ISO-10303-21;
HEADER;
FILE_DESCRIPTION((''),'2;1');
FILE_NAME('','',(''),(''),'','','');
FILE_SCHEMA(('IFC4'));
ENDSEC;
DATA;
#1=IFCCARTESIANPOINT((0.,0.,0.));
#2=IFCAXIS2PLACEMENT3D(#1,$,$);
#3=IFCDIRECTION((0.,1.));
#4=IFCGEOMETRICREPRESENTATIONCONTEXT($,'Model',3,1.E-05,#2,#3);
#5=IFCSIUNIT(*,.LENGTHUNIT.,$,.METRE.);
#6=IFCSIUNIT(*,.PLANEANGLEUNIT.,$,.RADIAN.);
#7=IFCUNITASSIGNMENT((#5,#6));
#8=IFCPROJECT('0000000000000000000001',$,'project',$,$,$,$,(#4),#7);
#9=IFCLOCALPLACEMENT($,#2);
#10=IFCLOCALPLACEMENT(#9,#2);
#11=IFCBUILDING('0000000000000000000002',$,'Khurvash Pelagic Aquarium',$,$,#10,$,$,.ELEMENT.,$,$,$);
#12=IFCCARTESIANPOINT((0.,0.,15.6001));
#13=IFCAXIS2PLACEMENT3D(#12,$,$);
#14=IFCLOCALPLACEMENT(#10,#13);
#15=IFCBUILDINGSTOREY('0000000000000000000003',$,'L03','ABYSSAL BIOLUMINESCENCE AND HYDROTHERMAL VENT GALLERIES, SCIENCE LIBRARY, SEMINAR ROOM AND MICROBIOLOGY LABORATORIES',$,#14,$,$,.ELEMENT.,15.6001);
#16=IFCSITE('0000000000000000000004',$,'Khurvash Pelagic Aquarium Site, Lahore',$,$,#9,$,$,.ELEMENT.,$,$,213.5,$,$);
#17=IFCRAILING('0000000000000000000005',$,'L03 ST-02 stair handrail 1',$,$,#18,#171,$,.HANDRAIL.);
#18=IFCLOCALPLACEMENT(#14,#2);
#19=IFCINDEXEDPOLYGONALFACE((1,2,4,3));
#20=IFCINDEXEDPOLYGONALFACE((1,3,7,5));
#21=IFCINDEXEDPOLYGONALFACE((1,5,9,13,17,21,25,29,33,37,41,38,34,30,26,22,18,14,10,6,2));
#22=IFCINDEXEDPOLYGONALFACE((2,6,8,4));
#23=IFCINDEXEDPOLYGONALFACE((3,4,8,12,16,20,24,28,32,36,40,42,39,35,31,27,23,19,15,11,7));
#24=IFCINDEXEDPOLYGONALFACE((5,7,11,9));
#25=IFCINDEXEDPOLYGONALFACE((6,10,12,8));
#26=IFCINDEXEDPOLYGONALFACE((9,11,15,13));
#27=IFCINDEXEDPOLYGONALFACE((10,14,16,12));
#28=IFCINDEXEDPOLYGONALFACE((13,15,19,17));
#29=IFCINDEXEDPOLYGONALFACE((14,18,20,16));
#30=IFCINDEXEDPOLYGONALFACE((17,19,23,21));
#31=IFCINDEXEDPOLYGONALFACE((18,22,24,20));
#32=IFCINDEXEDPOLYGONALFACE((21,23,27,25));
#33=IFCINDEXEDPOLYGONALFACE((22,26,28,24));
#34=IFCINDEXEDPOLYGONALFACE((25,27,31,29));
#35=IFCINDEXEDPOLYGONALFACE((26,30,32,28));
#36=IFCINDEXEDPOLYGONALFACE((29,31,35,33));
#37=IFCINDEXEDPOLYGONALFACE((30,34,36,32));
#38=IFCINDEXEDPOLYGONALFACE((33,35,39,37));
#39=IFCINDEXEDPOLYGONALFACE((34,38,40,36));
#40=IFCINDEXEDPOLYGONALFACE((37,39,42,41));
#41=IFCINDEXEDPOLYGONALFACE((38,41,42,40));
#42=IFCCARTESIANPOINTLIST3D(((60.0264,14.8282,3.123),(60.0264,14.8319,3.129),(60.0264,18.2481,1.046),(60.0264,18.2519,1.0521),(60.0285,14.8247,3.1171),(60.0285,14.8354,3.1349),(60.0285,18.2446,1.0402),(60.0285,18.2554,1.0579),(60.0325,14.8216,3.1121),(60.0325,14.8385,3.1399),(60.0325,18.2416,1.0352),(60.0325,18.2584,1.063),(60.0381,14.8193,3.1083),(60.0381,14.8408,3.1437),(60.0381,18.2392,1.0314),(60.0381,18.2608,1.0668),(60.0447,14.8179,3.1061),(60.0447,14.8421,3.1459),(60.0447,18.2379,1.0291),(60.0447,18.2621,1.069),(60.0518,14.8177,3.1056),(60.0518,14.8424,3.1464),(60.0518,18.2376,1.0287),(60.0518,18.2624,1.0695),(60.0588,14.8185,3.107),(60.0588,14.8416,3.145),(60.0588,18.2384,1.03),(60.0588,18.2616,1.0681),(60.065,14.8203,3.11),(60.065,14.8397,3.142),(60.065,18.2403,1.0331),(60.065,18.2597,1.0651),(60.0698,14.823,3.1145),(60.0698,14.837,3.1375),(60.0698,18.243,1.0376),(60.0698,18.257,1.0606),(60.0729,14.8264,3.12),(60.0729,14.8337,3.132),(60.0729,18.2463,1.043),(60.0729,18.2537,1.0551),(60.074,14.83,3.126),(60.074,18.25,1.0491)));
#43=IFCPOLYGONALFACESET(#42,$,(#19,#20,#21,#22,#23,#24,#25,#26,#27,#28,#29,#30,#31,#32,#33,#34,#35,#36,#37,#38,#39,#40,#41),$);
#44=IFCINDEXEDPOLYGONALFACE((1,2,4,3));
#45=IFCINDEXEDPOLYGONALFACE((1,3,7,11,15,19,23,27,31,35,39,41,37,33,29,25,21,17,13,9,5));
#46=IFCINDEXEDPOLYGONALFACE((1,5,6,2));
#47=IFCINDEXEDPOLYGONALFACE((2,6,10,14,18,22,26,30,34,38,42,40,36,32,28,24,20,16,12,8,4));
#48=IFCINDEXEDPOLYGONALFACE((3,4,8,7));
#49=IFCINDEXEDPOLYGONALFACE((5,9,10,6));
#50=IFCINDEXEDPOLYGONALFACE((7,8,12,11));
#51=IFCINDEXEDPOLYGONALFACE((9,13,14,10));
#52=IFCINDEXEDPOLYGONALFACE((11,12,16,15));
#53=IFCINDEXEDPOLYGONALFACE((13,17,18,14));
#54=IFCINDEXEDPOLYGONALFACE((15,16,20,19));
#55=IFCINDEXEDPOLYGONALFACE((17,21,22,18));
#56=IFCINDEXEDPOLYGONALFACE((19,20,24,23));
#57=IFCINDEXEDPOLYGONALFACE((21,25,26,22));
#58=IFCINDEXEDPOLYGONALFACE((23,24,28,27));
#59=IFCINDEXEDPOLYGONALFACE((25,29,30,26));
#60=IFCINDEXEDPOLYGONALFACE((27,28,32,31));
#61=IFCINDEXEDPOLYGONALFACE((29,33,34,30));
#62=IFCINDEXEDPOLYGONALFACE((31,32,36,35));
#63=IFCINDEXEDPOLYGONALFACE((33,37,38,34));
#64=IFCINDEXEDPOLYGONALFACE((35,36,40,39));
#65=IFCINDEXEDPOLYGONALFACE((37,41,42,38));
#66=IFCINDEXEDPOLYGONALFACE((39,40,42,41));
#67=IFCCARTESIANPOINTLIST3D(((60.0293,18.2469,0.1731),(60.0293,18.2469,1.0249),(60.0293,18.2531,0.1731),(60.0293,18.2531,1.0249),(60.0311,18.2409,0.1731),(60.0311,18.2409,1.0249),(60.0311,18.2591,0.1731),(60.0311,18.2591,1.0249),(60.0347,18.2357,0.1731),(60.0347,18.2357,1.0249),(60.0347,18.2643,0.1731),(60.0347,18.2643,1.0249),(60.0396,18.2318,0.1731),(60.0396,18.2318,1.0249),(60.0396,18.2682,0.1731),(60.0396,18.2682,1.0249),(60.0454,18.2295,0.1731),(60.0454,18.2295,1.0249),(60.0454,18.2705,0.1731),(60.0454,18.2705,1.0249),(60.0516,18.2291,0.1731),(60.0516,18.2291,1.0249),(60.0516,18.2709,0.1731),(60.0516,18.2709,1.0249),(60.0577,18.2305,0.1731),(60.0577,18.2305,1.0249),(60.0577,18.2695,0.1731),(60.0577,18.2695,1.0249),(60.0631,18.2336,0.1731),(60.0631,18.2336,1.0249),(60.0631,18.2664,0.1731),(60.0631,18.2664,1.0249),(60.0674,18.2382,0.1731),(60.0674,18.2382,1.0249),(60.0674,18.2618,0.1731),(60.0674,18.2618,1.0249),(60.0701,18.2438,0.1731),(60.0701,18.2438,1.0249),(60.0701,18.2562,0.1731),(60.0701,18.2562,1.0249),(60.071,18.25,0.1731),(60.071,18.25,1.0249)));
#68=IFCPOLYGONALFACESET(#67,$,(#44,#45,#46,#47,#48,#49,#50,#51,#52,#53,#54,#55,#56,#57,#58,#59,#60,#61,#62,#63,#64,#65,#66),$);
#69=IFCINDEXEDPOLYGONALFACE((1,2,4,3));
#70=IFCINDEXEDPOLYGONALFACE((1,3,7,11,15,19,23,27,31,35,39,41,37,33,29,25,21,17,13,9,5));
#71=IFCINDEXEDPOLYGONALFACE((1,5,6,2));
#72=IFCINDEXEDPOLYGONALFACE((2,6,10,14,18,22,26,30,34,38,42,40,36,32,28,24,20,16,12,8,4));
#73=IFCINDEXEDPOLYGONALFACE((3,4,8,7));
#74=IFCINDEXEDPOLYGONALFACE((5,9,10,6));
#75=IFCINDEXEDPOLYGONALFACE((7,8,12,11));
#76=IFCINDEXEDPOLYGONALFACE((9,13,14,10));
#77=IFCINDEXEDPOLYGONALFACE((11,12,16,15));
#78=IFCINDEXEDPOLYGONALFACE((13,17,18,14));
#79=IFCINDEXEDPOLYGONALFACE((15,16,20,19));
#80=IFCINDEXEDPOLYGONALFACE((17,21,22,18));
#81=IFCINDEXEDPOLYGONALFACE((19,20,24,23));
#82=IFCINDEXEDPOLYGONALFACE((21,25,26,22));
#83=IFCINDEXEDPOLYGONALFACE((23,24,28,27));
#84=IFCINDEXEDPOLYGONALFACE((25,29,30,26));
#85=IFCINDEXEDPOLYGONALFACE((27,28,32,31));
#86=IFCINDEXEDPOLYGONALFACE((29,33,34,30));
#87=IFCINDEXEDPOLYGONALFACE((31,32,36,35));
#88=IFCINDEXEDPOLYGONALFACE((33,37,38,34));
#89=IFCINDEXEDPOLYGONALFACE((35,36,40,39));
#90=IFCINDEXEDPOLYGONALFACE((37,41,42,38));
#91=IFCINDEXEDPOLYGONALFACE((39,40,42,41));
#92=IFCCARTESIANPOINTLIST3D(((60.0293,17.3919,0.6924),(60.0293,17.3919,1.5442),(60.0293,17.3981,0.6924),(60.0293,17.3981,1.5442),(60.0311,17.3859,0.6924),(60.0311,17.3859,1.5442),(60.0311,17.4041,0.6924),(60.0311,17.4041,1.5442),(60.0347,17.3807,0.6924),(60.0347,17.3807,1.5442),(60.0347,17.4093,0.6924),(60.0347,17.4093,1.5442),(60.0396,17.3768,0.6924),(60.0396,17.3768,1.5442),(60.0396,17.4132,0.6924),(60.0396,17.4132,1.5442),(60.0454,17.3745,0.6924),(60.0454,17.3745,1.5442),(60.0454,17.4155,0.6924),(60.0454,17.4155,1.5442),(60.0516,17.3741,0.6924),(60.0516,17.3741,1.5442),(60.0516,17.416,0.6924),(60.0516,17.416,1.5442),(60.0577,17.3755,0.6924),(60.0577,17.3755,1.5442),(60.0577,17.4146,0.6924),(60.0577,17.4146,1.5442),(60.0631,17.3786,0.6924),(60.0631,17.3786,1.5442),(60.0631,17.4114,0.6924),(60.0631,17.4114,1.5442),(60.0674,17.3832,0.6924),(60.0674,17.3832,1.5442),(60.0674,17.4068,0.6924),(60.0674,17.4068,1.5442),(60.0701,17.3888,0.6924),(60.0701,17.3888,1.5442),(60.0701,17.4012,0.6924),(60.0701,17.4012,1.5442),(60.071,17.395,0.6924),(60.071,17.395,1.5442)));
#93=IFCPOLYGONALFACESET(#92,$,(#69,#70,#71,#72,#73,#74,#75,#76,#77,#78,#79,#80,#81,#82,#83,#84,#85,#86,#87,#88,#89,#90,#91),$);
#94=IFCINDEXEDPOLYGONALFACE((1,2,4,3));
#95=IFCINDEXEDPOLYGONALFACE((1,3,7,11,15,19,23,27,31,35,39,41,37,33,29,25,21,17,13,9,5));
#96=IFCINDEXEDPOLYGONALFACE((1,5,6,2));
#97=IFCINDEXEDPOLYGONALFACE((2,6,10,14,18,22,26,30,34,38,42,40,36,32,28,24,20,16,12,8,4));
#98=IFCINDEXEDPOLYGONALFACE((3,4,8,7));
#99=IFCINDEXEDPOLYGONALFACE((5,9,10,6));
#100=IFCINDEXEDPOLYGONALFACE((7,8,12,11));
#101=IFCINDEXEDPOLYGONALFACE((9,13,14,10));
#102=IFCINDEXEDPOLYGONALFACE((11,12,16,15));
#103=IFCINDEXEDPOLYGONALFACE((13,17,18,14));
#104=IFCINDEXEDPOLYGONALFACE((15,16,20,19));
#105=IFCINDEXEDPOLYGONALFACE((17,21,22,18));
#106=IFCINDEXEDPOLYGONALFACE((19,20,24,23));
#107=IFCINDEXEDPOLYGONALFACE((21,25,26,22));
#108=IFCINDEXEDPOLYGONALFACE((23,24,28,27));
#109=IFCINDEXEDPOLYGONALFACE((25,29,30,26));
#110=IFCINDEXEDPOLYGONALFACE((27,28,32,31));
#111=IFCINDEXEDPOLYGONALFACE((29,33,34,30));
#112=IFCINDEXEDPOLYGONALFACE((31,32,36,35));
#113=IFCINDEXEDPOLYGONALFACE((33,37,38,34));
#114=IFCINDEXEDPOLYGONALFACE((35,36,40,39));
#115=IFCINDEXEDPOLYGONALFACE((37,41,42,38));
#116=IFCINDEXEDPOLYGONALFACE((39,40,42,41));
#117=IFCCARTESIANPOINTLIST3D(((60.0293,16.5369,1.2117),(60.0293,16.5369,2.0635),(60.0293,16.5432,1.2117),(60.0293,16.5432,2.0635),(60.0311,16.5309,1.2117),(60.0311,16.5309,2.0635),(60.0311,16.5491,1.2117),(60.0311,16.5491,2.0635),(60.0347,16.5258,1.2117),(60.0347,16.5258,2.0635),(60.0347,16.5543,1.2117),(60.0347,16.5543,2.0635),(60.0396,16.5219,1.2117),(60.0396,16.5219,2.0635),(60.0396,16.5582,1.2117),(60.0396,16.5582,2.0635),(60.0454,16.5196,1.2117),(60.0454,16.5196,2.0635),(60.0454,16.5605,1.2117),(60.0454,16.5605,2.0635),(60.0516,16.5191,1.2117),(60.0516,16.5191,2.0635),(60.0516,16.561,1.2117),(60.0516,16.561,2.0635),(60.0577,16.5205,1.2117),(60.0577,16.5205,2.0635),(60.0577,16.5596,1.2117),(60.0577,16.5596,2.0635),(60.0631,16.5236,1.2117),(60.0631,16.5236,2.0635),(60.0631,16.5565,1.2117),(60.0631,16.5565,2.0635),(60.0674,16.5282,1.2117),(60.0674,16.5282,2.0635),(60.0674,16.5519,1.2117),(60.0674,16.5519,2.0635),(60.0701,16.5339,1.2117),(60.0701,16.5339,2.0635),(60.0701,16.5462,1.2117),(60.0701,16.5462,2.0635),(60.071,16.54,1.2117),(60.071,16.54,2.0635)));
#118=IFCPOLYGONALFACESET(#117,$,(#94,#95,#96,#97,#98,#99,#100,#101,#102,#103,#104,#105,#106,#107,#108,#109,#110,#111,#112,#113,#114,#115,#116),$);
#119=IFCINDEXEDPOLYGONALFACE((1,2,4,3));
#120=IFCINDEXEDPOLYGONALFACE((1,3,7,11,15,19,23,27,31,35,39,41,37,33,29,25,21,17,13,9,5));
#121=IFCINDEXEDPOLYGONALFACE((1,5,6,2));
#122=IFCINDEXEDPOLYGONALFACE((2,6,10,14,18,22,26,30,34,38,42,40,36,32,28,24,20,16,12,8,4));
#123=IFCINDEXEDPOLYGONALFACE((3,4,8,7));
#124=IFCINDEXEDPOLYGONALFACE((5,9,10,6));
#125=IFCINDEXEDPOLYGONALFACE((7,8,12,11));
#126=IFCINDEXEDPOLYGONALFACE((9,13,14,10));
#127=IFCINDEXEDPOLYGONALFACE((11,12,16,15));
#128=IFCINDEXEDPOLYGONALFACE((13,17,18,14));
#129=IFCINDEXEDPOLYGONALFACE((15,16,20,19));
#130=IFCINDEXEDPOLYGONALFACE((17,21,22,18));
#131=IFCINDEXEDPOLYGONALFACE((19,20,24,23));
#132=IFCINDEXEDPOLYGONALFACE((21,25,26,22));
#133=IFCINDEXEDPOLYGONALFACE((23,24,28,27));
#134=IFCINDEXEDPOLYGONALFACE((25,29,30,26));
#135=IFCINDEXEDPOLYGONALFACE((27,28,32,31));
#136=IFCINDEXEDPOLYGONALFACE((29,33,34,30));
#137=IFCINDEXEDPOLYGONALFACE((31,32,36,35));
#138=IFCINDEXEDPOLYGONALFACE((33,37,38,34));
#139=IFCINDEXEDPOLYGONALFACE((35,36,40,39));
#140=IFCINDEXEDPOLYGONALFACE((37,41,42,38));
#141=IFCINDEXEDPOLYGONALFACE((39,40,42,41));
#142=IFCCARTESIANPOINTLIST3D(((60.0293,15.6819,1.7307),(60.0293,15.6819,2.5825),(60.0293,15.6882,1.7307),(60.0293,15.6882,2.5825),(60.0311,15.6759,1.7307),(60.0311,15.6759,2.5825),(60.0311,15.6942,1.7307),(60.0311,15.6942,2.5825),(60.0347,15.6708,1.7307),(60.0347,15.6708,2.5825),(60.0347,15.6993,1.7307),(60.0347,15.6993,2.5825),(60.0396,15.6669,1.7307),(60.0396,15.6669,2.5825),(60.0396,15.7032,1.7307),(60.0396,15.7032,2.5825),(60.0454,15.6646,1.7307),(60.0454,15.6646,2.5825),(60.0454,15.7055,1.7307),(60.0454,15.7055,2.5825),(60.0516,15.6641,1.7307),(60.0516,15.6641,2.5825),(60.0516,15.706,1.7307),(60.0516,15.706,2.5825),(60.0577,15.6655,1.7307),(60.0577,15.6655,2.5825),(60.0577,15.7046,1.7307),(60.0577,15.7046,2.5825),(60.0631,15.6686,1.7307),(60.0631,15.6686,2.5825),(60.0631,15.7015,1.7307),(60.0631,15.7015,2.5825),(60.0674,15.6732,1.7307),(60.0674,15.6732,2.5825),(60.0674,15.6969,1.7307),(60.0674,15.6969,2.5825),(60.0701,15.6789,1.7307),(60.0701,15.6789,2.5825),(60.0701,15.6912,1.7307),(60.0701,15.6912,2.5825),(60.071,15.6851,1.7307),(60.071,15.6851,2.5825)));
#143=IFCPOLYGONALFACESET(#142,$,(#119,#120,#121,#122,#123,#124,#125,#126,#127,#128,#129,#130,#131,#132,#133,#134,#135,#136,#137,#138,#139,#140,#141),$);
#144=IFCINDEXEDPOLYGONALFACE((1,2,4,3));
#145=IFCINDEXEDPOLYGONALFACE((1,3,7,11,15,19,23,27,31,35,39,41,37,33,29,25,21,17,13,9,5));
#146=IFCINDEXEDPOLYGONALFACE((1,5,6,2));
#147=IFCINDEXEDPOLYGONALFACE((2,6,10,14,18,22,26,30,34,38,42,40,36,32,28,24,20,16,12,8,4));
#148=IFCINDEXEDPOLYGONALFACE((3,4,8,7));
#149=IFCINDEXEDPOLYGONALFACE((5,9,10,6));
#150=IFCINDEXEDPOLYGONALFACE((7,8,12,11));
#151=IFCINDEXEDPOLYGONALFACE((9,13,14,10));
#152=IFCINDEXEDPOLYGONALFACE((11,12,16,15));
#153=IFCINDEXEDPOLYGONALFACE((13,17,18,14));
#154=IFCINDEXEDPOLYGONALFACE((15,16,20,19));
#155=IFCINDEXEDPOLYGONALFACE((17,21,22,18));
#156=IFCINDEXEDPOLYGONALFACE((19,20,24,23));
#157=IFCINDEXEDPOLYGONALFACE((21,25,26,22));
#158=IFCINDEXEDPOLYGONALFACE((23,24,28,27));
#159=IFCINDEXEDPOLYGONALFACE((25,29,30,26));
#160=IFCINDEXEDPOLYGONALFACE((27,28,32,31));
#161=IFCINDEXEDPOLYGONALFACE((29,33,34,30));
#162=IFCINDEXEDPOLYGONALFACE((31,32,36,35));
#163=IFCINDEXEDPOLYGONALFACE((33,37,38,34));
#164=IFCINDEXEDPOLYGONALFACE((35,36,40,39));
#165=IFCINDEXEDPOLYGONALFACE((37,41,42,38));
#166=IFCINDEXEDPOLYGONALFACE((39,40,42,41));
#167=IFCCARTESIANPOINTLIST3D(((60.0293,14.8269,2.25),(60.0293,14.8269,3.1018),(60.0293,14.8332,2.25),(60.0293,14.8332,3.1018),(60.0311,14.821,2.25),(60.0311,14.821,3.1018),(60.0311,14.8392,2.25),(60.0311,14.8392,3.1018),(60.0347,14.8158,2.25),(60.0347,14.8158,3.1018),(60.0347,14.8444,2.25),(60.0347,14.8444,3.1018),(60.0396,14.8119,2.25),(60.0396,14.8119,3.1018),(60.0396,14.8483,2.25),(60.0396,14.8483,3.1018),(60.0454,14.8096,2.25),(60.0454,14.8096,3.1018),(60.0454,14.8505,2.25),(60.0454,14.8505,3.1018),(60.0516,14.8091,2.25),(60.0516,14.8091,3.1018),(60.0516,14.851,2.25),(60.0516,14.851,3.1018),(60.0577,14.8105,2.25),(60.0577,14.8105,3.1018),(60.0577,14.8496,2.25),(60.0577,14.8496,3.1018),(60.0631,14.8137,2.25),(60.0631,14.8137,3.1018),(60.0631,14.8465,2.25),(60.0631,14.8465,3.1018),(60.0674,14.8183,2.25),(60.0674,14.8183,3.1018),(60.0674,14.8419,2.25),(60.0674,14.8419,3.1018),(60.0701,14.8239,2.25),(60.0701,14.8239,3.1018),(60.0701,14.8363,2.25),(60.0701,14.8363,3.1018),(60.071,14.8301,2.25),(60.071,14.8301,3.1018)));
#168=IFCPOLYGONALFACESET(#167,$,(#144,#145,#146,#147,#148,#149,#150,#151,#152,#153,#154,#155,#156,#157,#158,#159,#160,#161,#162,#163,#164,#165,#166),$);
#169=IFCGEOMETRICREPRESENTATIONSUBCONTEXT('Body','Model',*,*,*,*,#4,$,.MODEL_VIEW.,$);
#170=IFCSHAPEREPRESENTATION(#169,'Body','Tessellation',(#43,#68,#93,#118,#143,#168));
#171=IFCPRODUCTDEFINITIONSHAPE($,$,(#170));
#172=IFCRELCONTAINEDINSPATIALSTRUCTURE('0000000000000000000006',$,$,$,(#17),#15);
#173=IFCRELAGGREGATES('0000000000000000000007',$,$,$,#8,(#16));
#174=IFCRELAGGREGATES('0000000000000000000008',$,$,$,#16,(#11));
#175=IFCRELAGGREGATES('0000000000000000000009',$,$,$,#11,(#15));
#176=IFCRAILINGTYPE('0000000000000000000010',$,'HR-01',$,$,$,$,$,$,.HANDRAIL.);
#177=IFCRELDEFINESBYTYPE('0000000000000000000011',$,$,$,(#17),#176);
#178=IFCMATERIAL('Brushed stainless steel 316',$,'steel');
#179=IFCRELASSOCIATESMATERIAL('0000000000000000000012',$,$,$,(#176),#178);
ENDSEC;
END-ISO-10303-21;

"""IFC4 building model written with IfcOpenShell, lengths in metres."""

from ifc_helpers import new_model, si_unit, direction, frame, origin, origin_2d, place, context, subcontext, project, spatial, circle, extrude, material, type_object, element, save


model = new_model("IFC4")

# Units and contexts
model_context = context("Model", 3, precision=1e-05, world=origin(), true_north=direction((0.0, 1.0)))
body_context = subcontext(model_context, "Body", "Model", "MODEL_VIEW")
ifc_project = project(units=[si_unit("LENGTHUNIT", "METRE"), si_unit("PLANEANGLEUNIT", "RADIAN")], contexts=[model_context])

# Site, building, storey
site_placement = place(None, origin())
site = spatial("IfcSite", under=ifc_project, at=site_placement, Name="Khurvash Pelagic Aquarium Site, Lahore", CompositionType="ELEMENT", RefElevation=213.5)
building_placement = place(site_placement, origin())
building = spatial("IfcBuilding", under=site, at=building_placement, Name="Khurvash Pelagic Aquarium", CompositionType="ELEMENT")
storey_placement = place(building_placement, frame((0.0, 0.0, 15.6001)))
storey = spatial("IfcBuildingStorey", under=building, at=storey_placement, Name="L03", Description="ABYSSAL BIOLUMINESCENCE AND HYDROTHERMAL VENT GALLERIES, SCIENCE LIBRARY, SEMINAR ROOM AND MICROBIOLOGY LABORATORIES", CompositionType="ELEMENT", Elevation=15.6001)

# Railing
ifc_material_1 = material(Name="Brushed stainless steel 316", Category="steel")
railing_type_1 = type_object("IfcRailingType", Name="HR-01", PredefinedType="HANDRAIL", material=ifc_material_1)
railing_1_placement = place(storey_placement, frame((60.05, 18.25, 0.1731)))
element("IfcRailing", 1, at=railing_1_placement, inside=storey, type_object=railing_type_1, Name="L03 ST-02 stair handrail 1", PredefinedType="HANDRAIL", context=body_context, shape_type="SweptSolid", body=[
    extrude(circle(Radius=0.0239, at=origin_2d()), frame((0.0, 0.0, 0.876), z_axis=(0.0, -0.85473, 0.519074), x_axis=(1.0, 0.0, 0.0)), (0.0, 0.0, 1.0), 4.0012),
    extrude(circle(Radius=0.021, at=origin_2d()), origin(), (0.0, 0.0, 1.0), 0.8518),
    extrude(circle(Radius=0.021, at=origin_2d()), frame((0.0, -0.855, 0.5193)), (0.0, 0.0, 1.0), 0.8518),
    extrude(circle(Radius=0.021, at=origin_2d()), frame((0.0, -1.71, 1.0386)), (0.0, 0.0, 1.0), 0.8518),
    extrude(circle(Radius=0.021, at=origin_2d()), frame((0.0, -2.5649, 1.5576)), (0.0, 0.0, 1.0), 0.8518),
    extrude(circle(Radius=0.021, at=origin_2d()), frame((0.0, -3.4199, 2.0769)), (0.0, 0.0, 1.0), 0.8518),
])

save(model, "model.ifc")
